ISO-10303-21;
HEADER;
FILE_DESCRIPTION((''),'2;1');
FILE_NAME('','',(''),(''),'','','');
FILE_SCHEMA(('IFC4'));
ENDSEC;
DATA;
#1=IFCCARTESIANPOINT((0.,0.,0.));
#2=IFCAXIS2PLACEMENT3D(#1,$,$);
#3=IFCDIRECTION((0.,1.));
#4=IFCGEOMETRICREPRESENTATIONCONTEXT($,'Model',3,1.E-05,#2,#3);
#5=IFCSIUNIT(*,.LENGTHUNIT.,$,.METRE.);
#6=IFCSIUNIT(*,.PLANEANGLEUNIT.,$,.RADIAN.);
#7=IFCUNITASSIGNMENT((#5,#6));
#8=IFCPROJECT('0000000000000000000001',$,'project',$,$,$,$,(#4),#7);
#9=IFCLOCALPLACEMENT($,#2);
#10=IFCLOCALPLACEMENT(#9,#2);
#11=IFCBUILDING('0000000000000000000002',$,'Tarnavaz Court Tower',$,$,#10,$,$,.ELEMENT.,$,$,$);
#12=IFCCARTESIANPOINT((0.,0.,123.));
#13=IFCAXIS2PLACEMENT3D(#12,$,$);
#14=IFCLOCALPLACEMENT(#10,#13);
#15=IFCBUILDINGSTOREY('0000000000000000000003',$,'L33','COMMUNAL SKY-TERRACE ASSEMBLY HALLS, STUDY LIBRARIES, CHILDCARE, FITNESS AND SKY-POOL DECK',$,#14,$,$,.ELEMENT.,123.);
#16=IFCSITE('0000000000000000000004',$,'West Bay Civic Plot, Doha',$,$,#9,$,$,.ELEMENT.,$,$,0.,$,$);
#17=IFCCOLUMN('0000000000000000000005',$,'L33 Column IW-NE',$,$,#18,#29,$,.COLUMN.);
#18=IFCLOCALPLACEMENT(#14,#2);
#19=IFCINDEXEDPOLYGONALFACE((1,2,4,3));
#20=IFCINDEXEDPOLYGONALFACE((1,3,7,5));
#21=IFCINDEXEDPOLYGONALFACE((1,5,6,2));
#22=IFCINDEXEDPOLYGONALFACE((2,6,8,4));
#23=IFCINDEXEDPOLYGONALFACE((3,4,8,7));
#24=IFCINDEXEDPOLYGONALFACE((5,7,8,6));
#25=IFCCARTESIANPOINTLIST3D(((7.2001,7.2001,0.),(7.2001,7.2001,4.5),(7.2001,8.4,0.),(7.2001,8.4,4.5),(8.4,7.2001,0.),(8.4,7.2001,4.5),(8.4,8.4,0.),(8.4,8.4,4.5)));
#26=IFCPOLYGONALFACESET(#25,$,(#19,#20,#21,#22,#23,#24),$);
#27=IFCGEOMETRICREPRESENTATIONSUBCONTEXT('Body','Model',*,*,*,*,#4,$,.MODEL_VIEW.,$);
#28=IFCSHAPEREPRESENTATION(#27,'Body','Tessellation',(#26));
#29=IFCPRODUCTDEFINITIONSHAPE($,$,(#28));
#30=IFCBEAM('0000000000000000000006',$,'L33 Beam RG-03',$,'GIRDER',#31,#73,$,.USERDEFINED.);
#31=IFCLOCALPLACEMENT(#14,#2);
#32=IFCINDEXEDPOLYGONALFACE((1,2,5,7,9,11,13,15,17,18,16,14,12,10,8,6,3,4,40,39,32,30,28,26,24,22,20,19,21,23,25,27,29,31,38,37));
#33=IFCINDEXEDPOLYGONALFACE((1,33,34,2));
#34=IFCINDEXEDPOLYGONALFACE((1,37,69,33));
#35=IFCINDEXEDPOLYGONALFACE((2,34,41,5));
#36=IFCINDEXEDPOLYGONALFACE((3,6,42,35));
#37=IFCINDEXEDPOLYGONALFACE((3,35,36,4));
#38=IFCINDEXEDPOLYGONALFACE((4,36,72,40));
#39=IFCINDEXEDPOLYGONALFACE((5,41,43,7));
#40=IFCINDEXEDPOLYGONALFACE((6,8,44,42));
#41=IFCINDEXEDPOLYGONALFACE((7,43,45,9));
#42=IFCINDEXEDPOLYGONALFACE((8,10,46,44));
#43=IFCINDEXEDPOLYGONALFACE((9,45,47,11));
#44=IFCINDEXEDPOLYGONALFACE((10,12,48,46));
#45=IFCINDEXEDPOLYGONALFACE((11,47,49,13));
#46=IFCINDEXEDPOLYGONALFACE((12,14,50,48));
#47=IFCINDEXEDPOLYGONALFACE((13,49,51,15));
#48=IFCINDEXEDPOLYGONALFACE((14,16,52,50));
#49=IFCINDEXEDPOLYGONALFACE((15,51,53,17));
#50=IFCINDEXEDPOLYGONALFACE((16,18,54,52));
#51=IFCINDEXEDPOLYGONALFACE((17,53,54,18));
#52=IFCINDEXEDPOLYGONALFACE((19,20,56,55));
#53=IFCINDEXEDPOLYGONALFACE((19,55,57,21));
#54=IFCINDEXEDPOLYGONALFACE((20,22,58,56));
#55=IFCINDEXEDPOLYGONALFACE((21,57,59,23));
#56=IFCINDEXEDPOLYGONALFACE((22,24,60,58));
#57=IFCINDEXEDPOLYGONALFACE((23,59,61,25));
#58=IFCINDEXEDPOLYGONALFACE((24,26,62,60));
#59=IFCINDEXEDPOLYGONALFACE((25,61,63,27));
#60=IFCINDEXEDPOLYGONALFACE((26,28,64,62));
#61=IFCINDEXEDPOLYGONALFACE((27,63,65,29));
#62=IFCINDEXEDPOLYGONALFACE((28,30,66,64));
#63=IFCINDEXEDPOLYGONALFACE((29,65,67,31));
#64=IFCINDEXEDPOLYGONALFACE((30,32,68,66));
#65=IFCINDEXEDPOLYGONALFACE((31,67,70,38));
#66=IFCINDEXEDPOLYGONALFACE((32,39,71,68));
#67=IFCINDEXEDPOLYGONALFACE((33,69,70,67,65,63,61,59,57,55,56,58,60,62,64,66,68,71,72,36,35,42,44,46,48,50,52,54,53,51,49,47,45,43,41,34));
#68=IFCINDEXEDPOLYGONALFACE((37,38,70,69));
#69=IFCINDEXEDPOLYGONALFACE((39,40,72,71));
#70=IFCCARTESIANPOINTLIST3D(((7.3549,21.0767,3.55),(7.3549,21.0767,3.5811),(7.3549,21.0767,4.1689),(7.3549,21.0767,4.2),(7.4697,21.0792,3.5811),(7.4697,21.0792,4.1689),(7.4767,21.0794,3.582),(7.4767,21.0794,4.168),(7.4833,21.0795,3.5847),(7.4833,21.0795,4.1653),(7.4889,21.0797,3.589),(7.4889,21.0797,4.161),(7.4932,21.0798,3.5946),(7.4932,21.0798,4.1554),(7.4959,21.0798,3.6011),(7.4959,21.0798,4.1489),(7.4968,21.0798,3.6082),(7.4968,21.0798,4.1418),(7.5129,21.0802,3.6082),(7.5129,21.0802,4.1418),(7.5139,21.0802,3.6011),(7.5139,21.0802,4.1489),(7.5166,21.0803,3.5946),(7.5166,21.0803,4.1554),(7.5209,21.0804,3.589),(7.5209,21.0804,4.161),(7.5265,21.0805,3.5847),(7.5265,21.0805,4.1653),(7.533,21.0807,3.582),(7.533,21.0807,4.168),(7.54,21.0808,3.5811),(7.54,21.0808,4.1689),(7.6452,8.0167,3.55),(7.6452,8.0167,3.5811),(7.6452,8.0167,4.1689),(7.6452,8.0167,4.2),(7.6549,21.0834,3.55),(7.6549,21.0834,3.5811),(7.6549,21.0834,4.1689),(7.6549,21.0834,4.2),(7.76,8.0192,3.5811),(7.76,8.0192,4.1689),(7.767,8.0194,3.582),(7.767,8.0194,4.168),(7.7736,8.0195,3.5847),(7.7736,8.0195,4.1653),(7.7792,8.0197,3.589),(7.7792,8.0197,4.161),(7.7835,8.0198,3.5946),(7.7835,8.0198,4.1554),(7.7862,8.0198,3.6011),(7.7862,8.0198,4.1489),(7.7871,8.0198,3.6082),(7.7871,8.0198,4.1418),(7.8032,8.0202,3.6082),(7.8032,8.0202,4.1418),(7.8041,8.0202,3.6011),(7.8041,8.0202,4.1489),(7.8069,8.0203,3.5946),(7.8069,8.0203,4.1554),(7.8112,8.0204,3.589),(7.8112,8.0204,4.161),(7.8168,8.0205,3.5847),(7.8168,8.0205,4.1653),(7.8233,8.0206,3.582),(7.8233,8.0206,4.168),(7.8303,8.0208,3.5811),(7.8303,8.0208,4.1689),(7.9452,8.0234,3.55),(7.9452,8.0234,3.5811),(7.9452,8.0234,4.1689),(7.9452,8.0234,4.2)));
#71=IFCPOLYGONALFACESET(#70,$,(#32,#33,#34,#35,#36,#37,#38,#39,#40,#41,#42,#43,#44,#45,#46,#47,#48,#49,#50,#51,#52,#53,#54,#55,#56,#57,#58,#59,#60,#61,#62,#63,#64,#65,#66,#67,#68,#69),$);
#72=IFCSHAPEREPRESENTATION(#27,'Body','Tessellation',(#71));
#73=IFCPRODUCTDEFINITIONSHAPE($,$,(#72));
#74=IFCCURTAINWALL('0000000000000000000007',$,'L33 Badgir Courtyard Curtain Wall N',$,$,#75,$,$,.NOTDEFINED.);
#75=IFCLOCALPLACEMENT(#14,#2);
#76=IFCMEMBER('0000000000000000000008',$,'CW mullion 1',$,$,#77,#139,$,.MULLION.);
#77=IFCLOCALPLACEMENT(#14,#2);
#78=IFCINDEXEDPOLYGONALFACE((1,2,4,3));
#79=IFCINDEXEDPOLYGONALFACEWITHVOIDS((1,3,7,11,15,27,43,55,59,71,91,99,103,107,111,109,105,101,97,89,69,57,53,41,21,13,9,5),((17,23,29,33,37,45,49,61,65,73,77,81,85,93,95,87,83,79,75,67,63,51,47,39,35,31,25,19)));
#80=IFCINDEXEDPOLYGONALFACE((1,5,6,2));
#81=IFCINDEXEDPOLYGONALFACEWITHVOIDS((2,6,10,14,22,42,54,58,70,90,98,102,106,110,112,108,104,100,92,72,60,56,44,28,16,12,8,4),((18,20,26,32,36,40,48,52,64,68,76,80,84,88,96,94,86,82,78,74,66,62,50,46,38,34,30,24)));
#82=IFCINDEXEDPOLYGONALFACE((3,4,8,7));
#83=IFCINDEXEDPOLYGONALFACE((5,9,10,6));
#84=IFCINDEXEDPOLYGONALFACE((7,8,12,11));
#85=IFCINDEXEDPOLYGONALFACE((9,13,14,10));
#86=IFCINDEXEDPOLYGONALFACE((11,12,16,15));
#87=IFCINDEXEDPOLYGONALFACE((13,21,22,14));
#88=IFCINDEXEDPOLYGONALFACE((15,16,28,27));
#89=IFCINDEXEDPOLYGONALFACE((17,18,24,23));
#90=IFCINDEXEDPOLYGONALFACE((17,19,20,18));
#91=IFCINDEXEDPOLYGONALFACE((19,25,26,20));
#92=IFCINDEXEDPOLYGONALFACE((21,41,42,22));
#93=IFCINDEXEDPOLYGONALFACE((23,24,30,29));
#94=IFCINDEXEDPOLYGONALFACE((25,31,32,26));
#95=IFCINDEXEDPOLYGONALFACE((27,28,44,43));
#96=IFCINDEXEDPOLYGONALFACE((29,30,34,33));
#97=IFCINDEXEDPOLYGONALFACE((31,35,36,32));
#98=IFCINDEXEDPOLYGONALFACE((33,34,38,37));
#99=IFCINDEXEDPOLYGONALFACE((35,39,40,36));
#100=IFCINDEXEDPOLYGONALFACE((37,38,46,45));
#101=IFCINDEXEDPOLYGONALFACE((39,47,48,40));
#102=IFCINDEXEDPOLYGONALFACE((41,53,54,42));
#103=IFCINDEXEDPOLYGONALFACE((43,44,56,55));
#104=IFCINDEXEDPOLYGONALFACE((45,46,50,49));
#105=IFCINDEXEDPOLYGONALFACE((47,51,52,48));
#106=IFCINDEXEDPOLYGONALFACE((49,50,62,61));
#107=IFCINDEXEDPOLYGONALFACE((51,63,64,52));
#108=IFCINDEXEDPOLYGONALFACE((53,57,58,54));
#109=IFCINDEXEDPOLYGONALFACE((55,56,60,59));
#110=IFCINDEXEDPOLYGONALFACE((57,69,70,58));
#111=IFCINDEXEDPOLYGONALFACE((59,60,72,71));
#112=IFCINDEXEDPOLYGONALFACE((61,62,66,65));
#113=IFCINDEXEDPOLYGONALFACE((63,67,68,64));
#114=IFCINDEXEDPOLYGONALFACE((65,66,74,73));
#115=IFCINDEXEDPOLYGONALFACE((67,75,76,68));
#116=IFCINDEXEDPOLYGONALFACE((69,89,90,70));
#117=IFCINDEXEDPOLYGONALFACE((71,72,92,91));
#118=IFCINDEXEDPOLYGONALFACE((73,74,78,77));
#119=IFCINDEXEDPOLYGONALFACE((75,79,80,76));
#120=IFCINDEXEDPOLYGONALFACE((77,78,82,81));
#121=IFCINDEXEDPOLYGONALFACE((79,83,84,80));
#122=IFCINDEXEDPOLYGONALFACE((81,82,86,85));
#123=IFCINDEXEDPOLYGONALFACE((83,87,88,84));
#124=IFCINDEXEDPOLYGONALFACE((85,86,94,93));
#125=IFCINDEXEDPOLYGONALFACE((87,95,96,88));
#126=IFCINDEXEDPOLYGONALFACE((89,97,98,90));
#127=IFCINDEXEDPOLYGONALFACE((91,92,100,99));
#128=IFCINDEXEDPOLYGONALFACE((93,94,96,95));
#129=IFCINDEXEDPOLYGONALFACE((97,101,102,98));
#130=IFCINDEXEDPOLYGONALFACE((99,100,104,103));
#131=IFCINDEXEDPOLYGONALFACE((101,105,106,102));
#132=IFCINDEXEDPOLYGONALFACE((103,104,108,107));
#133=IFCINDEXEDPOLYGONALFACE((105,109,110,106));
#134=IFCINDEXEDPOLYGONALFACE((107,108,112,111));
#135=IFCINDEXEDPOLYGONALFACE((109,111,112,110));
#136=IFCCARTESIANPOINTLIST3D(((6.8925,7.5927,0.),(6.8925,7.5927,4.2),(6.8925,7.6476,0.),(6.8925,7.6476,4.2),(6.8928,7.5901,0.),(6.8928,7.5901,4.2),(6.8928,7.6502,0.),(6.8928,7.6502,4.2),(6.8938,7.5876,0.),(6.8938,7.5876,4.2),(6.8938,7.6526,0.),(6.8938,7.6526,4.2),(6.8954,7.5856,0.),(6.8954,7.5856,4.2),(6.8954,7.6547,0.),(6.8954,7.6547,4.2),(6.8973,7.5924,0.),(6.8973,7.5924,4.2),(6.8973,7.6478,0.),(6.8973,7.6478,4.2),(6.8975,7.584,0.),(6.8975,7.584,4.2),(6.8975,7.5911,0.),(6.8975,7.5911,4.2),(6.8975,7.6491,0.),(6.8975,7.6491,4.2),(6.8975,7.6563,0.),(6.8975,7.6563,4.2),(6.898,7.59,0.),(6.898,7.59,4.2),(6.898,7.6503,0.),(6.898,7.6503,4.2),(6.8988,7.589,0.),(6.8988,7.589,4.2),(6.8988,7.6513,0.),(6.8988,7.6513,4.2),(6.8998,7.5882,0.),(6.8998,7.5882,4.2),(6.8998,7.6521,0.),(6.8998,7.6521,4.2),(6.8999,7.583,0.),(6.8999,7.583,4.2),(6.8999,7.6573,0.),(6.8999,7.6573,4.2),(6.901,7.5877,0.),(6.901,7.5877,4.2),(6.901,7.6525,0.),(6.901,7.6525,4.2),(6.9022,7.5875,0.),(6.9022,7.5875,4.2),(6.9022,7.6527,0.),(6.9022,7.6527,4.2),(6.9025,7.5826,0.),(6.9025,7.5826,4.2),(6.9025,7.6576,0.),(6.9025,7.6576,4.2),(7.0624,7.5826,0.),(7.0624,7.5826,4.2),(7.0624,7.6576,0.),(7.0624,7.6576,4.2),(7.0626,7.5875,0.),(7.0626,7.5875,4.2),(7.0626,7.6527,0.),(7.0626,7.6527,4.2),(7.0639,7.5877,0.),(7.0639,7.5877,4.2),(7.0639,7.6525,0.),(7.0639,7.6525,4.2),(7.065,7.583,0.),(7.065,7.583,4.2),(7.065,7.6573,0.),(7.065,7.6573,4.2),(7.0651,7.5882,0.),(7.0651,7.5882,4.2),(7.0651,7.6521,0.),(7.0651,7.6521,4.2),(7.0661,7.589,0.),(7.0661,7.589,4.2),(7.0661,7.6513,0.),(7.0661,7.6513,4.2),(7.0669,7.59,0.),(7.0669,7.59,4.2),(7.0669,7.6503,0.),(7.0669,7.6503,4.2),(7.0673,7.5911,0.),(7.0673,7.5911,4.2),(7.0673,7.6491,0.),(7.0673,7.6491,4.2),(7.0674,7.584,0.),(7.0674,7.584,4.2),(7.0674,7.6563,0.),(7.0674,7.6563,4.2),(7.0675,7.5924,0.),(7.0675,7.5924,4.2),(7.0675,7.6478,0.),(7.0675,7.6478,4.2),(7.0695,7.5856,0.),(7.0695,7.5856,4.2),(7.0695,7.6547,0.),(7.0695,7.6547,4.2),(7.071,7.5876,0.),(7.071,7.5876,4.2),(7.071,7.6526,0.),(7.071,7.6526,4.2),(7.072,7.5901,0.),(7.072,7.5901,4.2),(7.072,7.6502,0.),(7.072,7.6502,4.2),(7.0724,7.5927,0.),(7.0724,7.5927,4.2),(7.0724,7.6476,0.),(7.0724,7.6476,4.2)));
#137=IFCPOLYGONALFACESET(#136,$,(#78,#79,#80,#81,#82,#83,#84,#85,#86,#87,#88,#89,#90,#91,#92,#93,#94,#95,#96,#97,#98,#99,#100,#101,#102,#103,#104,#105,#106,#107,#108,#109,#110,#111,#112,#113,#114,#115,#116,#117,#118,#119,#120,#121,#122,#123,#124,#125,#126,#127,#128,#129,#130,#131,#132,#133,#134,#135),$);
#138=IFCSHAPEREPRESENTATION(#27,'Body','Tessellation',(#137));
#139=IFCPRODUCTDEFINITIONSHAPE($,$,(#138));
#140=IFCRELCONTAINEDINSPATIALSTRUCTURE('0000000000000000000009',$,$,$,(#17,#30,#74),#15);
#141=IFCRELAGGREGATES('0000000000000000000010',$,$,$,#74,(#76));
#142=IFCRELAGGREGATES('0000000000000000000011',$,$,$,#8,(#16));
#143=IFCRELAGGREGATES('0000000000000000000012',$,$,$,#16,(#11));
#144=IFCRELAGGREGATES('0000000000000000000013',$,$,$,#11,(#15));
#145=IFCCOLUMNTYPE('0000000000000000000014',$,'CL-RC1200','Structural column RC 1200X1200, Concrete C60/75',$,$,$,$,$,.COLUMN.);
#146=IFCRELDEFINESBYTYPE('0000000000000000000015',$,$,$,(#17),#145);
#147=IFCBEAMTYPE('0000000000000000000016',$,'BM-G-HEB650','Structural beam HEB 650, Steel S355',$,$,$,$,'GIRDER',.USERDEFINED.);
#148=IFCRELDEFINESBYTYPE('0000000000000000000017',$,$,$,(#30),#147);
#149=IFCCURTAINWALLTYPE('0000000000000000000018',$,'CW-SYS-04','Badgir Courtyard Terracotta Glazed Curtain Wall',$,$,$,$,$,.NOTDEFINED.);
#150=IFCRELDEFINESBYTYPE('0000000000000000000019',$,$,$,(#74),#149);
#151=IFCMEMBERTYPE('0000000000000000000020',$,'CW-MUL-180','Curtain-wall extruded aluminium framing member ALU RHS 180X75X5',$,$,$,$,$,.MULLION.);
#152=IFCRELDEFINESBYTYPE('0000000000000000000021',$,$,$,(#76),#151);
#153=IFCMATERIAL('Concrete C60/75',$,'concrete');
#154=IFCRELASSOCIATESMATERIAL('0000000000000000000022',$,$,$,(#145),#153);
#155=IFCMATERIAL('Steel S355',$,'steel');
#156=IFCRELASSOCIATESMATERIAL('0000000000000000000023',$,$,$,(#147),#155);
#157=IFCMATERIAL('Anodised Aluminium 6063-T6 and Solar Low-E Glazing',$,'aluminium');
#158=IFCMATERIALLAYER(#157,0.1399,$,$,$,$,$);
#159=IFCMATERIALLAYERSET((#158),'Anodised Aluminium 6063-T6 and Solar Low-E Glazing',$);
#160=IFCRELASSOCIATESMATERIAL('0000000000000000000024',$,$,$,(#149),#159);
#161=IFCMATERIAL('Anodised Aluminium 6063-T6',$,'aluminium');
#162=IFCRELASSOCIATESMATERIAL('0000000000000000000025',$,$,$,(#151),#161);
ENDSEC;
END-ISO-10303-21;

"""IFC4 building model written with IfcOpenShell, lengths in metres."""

from ifc_helpers import new_model, si_unit, direction, frame, origin, origin_2d, place, context, subcontext, project, spatial, rectangle, hollow_rectangle, i_section, extrude, material, layer, layer_set, material_profile, profile_set, type_object, element, aggregate, save


model = new_model("IFC4")

# Units and contexts
model_context = context("Model", 3, precision=1e-05, world=origin(), true_north=direction((0.0, 1.0)))
body_context = subcontext(model_context, "Body", "Model", "MODEL_VIEW")
ifc_project = project(units=[si_unit("LENGTHUNIT", "METRE"), si_unit("PLANEANGLEUNIT", "RADIAN")], contexts=[model_context])

# Site, building, storey
site_placement = place(None, origin())
site = spatial("IfcSite", under=ifc_project, at=site_placement, Name="West Bay Civic Plot, Doha", CompositionType="ELEMENT", RefElevation=0.0)
building_placement = place(site_placement, origin())
building = spatial("IfcBuilding", under=site, at=building_placement, Name="Tarnavaz Court Tower", CompositionType="ELEMENT")
storey_placement = place(building_placement, frame((0.0, 0.0, 123.0)))
storey = spatial("IfcBuildingStorey", under=building, at=storey_placement, Name="L33", Description="COMMUNAL SKY-TERRACE ASSEMBLY HALLS, STUDY LIBRARIES, CHILDCARE, FITNESS AND SKY-POOL DECK", CompositionType="ELEMENT", Elevation=123.0)

# Column
ifc_material_1 = material(Name="Concrete C60/75", Category="concrete")
ifc_material_profile_1 = material_profile(ifc_material_1, rectangle(XDim=1.2, YDim=1.2, at=origin_2d()), Name="RC 1200X1200")
ifc_profile_set_1 = profile_set([ifc_material_profile_1], Name="Concrete C60/75")
column_type = type_object("IfcColumnType", Name="CL-RC1200", Description="Structural column RC 1200X1200, Concrete C60/75", PredefinedType="COLUMN", material=ifc_profile_set_1)
column_placement = place(storey_placement, frame((7.8, 7.8, 0.0), z_axis=(0.0, 0.0, 1.0), x_axis=(1.0, 0.0, 0.0)))
element("IfcColumn", 1, at=column_placement, inside=storey, type_object=column_type, Name="L33 Column IW-NE", PredefinedType="COLUMN", context=body_context, shape_type="SweptSolid", body=[
    extrude(rectangle(XDim=1.2, YDim=1.2, at=origin_2d()), origin(), (0.0, 0.0, 1.0), 4.5),
])

# Beam
ifc_material_2 = material(Name="Steel S355", Category="steel")
ifc_material_profile_2 = material_profile(ifc_material_2, i_section(OverallWidth=0.3, OverallDepth=0.6499, WebThickness=0.0161, FlangeThickness=0.031, FilletRadius=0.0271, at=origin_2d()), Name="HEB 650")
ifc_profile_set_2 = profile_set([ifc_material_profile_2], Name="Steel S355")
beam_type = type_object("IfcBeamType", Name="BM-G-HEB650", Description="Structural beam HEB 650, Steel S355", ElementType="GIRDER", PredefinedType="USERDEFINED", material=ifc_profile_set_2)
beam_placement = place(storey_placement, frame((7.7952, 8.02, 3.875), z_axis=(-0.022221, 0.999753, 0.0), x_axis=(-0.999753, -0.022221, 0.0)))
element("IfcBeam", 2, at=beam_placement, inside=storey, type_object=beam_type, Name="L33 Beam RG-03", ObjectType="GIRDER", PredefinedType="USERDEFINED", context=body_context, shape_type="SweptSolid", body=[
    extrude(i_section(OverallWidth=0.3, OverallDepth=0.6499, WebThickness=0.0161, FlangeThickness=0.031, FilletRadius=0.0271, at=origin_2d()), origin(), (0.0, 0.0, 1.0), 13.0632),
])

# Curtain wall, member
ifc_material_3 = material(Name="Anodised Aluminium 6063-T6 and Solar Low-E Glazing", Category="aluminium")
ifc_layer_1 = layer(ifc_material_3, 0.1399)
ifc_layer_set_1 = layer_set([ifc_layer_1], Name="Anodised Aluminium 6063-T6 and Solar Low-E Glazing")
curtain_wall_type = type_object("IfcCurtainWallType", Name="CW-SYS-04", Description="Badgir Courtyard Terracotta Glazed Curtain Wall", PredefinedType="NOTDEFINED", material=ifc_layer_set_1)
curtain_wall_placement = place(storey_placement, origin())
curtain_wall = element("IfcCurtainWall", 3, at=curtain_wall_placement, inside=storey, type_object=curtain_wall_type, Name="L33 Badgir Courtyard Curtain Wall N", PredefinedType="NOTDEFINED")
ifc_material_4 = material(Name="Anodised Aluminium 6063-T6", Category="aluminium")
ifc_material_profile_3 = material_profile(ifc_material_4, hollow_rectangle(XDim=0.075, YDim=0.1799, WallThickness=0.0049, InnerFilletRadius=0.0049, OuterFilletRadius=0.01, at=origin_2d()), Name="ALU RHS 180X75X5")
ifc_profile_set_3 = profile_set([ifc_material_profile_3], Name="Anodised Aluminium 6063-T6")
member_type_1 = type_object("IfcMemberType", Name="CW-MUL-180", Description="Curtain-wall extruded aluminium framing member ALU RHS 180X75X5", PredefinedType="MULLION", material=ifc_profile_set_3)
member_1_placement = place(storey_placement, frame((6.9824, 7.6201, 0.0), z_axis=(0.0, 0.0, 1.0), x_axis=(0.0, -1.0, 0.0)))
member_1 = element("IfcMember", 4, at=member_1_placement, type_object=member_type_1, Name="CW mullion 1", PredefinedType="MULLION", context=body_context, shape_type="SweptSolid", body=[
    extrude(hollow_rectangle(XDim=0.075, YDim=0.1799, WallThickness=0.0049, InnerFilletRadius=0.0049, OuterFilletRadius=0.01, at=origin_2d()), origin(), (0.0, 0.0, 1.0), 4.2),
])
aggregate(curtain_wall, [member_1])

save(model, "model.ifc")
